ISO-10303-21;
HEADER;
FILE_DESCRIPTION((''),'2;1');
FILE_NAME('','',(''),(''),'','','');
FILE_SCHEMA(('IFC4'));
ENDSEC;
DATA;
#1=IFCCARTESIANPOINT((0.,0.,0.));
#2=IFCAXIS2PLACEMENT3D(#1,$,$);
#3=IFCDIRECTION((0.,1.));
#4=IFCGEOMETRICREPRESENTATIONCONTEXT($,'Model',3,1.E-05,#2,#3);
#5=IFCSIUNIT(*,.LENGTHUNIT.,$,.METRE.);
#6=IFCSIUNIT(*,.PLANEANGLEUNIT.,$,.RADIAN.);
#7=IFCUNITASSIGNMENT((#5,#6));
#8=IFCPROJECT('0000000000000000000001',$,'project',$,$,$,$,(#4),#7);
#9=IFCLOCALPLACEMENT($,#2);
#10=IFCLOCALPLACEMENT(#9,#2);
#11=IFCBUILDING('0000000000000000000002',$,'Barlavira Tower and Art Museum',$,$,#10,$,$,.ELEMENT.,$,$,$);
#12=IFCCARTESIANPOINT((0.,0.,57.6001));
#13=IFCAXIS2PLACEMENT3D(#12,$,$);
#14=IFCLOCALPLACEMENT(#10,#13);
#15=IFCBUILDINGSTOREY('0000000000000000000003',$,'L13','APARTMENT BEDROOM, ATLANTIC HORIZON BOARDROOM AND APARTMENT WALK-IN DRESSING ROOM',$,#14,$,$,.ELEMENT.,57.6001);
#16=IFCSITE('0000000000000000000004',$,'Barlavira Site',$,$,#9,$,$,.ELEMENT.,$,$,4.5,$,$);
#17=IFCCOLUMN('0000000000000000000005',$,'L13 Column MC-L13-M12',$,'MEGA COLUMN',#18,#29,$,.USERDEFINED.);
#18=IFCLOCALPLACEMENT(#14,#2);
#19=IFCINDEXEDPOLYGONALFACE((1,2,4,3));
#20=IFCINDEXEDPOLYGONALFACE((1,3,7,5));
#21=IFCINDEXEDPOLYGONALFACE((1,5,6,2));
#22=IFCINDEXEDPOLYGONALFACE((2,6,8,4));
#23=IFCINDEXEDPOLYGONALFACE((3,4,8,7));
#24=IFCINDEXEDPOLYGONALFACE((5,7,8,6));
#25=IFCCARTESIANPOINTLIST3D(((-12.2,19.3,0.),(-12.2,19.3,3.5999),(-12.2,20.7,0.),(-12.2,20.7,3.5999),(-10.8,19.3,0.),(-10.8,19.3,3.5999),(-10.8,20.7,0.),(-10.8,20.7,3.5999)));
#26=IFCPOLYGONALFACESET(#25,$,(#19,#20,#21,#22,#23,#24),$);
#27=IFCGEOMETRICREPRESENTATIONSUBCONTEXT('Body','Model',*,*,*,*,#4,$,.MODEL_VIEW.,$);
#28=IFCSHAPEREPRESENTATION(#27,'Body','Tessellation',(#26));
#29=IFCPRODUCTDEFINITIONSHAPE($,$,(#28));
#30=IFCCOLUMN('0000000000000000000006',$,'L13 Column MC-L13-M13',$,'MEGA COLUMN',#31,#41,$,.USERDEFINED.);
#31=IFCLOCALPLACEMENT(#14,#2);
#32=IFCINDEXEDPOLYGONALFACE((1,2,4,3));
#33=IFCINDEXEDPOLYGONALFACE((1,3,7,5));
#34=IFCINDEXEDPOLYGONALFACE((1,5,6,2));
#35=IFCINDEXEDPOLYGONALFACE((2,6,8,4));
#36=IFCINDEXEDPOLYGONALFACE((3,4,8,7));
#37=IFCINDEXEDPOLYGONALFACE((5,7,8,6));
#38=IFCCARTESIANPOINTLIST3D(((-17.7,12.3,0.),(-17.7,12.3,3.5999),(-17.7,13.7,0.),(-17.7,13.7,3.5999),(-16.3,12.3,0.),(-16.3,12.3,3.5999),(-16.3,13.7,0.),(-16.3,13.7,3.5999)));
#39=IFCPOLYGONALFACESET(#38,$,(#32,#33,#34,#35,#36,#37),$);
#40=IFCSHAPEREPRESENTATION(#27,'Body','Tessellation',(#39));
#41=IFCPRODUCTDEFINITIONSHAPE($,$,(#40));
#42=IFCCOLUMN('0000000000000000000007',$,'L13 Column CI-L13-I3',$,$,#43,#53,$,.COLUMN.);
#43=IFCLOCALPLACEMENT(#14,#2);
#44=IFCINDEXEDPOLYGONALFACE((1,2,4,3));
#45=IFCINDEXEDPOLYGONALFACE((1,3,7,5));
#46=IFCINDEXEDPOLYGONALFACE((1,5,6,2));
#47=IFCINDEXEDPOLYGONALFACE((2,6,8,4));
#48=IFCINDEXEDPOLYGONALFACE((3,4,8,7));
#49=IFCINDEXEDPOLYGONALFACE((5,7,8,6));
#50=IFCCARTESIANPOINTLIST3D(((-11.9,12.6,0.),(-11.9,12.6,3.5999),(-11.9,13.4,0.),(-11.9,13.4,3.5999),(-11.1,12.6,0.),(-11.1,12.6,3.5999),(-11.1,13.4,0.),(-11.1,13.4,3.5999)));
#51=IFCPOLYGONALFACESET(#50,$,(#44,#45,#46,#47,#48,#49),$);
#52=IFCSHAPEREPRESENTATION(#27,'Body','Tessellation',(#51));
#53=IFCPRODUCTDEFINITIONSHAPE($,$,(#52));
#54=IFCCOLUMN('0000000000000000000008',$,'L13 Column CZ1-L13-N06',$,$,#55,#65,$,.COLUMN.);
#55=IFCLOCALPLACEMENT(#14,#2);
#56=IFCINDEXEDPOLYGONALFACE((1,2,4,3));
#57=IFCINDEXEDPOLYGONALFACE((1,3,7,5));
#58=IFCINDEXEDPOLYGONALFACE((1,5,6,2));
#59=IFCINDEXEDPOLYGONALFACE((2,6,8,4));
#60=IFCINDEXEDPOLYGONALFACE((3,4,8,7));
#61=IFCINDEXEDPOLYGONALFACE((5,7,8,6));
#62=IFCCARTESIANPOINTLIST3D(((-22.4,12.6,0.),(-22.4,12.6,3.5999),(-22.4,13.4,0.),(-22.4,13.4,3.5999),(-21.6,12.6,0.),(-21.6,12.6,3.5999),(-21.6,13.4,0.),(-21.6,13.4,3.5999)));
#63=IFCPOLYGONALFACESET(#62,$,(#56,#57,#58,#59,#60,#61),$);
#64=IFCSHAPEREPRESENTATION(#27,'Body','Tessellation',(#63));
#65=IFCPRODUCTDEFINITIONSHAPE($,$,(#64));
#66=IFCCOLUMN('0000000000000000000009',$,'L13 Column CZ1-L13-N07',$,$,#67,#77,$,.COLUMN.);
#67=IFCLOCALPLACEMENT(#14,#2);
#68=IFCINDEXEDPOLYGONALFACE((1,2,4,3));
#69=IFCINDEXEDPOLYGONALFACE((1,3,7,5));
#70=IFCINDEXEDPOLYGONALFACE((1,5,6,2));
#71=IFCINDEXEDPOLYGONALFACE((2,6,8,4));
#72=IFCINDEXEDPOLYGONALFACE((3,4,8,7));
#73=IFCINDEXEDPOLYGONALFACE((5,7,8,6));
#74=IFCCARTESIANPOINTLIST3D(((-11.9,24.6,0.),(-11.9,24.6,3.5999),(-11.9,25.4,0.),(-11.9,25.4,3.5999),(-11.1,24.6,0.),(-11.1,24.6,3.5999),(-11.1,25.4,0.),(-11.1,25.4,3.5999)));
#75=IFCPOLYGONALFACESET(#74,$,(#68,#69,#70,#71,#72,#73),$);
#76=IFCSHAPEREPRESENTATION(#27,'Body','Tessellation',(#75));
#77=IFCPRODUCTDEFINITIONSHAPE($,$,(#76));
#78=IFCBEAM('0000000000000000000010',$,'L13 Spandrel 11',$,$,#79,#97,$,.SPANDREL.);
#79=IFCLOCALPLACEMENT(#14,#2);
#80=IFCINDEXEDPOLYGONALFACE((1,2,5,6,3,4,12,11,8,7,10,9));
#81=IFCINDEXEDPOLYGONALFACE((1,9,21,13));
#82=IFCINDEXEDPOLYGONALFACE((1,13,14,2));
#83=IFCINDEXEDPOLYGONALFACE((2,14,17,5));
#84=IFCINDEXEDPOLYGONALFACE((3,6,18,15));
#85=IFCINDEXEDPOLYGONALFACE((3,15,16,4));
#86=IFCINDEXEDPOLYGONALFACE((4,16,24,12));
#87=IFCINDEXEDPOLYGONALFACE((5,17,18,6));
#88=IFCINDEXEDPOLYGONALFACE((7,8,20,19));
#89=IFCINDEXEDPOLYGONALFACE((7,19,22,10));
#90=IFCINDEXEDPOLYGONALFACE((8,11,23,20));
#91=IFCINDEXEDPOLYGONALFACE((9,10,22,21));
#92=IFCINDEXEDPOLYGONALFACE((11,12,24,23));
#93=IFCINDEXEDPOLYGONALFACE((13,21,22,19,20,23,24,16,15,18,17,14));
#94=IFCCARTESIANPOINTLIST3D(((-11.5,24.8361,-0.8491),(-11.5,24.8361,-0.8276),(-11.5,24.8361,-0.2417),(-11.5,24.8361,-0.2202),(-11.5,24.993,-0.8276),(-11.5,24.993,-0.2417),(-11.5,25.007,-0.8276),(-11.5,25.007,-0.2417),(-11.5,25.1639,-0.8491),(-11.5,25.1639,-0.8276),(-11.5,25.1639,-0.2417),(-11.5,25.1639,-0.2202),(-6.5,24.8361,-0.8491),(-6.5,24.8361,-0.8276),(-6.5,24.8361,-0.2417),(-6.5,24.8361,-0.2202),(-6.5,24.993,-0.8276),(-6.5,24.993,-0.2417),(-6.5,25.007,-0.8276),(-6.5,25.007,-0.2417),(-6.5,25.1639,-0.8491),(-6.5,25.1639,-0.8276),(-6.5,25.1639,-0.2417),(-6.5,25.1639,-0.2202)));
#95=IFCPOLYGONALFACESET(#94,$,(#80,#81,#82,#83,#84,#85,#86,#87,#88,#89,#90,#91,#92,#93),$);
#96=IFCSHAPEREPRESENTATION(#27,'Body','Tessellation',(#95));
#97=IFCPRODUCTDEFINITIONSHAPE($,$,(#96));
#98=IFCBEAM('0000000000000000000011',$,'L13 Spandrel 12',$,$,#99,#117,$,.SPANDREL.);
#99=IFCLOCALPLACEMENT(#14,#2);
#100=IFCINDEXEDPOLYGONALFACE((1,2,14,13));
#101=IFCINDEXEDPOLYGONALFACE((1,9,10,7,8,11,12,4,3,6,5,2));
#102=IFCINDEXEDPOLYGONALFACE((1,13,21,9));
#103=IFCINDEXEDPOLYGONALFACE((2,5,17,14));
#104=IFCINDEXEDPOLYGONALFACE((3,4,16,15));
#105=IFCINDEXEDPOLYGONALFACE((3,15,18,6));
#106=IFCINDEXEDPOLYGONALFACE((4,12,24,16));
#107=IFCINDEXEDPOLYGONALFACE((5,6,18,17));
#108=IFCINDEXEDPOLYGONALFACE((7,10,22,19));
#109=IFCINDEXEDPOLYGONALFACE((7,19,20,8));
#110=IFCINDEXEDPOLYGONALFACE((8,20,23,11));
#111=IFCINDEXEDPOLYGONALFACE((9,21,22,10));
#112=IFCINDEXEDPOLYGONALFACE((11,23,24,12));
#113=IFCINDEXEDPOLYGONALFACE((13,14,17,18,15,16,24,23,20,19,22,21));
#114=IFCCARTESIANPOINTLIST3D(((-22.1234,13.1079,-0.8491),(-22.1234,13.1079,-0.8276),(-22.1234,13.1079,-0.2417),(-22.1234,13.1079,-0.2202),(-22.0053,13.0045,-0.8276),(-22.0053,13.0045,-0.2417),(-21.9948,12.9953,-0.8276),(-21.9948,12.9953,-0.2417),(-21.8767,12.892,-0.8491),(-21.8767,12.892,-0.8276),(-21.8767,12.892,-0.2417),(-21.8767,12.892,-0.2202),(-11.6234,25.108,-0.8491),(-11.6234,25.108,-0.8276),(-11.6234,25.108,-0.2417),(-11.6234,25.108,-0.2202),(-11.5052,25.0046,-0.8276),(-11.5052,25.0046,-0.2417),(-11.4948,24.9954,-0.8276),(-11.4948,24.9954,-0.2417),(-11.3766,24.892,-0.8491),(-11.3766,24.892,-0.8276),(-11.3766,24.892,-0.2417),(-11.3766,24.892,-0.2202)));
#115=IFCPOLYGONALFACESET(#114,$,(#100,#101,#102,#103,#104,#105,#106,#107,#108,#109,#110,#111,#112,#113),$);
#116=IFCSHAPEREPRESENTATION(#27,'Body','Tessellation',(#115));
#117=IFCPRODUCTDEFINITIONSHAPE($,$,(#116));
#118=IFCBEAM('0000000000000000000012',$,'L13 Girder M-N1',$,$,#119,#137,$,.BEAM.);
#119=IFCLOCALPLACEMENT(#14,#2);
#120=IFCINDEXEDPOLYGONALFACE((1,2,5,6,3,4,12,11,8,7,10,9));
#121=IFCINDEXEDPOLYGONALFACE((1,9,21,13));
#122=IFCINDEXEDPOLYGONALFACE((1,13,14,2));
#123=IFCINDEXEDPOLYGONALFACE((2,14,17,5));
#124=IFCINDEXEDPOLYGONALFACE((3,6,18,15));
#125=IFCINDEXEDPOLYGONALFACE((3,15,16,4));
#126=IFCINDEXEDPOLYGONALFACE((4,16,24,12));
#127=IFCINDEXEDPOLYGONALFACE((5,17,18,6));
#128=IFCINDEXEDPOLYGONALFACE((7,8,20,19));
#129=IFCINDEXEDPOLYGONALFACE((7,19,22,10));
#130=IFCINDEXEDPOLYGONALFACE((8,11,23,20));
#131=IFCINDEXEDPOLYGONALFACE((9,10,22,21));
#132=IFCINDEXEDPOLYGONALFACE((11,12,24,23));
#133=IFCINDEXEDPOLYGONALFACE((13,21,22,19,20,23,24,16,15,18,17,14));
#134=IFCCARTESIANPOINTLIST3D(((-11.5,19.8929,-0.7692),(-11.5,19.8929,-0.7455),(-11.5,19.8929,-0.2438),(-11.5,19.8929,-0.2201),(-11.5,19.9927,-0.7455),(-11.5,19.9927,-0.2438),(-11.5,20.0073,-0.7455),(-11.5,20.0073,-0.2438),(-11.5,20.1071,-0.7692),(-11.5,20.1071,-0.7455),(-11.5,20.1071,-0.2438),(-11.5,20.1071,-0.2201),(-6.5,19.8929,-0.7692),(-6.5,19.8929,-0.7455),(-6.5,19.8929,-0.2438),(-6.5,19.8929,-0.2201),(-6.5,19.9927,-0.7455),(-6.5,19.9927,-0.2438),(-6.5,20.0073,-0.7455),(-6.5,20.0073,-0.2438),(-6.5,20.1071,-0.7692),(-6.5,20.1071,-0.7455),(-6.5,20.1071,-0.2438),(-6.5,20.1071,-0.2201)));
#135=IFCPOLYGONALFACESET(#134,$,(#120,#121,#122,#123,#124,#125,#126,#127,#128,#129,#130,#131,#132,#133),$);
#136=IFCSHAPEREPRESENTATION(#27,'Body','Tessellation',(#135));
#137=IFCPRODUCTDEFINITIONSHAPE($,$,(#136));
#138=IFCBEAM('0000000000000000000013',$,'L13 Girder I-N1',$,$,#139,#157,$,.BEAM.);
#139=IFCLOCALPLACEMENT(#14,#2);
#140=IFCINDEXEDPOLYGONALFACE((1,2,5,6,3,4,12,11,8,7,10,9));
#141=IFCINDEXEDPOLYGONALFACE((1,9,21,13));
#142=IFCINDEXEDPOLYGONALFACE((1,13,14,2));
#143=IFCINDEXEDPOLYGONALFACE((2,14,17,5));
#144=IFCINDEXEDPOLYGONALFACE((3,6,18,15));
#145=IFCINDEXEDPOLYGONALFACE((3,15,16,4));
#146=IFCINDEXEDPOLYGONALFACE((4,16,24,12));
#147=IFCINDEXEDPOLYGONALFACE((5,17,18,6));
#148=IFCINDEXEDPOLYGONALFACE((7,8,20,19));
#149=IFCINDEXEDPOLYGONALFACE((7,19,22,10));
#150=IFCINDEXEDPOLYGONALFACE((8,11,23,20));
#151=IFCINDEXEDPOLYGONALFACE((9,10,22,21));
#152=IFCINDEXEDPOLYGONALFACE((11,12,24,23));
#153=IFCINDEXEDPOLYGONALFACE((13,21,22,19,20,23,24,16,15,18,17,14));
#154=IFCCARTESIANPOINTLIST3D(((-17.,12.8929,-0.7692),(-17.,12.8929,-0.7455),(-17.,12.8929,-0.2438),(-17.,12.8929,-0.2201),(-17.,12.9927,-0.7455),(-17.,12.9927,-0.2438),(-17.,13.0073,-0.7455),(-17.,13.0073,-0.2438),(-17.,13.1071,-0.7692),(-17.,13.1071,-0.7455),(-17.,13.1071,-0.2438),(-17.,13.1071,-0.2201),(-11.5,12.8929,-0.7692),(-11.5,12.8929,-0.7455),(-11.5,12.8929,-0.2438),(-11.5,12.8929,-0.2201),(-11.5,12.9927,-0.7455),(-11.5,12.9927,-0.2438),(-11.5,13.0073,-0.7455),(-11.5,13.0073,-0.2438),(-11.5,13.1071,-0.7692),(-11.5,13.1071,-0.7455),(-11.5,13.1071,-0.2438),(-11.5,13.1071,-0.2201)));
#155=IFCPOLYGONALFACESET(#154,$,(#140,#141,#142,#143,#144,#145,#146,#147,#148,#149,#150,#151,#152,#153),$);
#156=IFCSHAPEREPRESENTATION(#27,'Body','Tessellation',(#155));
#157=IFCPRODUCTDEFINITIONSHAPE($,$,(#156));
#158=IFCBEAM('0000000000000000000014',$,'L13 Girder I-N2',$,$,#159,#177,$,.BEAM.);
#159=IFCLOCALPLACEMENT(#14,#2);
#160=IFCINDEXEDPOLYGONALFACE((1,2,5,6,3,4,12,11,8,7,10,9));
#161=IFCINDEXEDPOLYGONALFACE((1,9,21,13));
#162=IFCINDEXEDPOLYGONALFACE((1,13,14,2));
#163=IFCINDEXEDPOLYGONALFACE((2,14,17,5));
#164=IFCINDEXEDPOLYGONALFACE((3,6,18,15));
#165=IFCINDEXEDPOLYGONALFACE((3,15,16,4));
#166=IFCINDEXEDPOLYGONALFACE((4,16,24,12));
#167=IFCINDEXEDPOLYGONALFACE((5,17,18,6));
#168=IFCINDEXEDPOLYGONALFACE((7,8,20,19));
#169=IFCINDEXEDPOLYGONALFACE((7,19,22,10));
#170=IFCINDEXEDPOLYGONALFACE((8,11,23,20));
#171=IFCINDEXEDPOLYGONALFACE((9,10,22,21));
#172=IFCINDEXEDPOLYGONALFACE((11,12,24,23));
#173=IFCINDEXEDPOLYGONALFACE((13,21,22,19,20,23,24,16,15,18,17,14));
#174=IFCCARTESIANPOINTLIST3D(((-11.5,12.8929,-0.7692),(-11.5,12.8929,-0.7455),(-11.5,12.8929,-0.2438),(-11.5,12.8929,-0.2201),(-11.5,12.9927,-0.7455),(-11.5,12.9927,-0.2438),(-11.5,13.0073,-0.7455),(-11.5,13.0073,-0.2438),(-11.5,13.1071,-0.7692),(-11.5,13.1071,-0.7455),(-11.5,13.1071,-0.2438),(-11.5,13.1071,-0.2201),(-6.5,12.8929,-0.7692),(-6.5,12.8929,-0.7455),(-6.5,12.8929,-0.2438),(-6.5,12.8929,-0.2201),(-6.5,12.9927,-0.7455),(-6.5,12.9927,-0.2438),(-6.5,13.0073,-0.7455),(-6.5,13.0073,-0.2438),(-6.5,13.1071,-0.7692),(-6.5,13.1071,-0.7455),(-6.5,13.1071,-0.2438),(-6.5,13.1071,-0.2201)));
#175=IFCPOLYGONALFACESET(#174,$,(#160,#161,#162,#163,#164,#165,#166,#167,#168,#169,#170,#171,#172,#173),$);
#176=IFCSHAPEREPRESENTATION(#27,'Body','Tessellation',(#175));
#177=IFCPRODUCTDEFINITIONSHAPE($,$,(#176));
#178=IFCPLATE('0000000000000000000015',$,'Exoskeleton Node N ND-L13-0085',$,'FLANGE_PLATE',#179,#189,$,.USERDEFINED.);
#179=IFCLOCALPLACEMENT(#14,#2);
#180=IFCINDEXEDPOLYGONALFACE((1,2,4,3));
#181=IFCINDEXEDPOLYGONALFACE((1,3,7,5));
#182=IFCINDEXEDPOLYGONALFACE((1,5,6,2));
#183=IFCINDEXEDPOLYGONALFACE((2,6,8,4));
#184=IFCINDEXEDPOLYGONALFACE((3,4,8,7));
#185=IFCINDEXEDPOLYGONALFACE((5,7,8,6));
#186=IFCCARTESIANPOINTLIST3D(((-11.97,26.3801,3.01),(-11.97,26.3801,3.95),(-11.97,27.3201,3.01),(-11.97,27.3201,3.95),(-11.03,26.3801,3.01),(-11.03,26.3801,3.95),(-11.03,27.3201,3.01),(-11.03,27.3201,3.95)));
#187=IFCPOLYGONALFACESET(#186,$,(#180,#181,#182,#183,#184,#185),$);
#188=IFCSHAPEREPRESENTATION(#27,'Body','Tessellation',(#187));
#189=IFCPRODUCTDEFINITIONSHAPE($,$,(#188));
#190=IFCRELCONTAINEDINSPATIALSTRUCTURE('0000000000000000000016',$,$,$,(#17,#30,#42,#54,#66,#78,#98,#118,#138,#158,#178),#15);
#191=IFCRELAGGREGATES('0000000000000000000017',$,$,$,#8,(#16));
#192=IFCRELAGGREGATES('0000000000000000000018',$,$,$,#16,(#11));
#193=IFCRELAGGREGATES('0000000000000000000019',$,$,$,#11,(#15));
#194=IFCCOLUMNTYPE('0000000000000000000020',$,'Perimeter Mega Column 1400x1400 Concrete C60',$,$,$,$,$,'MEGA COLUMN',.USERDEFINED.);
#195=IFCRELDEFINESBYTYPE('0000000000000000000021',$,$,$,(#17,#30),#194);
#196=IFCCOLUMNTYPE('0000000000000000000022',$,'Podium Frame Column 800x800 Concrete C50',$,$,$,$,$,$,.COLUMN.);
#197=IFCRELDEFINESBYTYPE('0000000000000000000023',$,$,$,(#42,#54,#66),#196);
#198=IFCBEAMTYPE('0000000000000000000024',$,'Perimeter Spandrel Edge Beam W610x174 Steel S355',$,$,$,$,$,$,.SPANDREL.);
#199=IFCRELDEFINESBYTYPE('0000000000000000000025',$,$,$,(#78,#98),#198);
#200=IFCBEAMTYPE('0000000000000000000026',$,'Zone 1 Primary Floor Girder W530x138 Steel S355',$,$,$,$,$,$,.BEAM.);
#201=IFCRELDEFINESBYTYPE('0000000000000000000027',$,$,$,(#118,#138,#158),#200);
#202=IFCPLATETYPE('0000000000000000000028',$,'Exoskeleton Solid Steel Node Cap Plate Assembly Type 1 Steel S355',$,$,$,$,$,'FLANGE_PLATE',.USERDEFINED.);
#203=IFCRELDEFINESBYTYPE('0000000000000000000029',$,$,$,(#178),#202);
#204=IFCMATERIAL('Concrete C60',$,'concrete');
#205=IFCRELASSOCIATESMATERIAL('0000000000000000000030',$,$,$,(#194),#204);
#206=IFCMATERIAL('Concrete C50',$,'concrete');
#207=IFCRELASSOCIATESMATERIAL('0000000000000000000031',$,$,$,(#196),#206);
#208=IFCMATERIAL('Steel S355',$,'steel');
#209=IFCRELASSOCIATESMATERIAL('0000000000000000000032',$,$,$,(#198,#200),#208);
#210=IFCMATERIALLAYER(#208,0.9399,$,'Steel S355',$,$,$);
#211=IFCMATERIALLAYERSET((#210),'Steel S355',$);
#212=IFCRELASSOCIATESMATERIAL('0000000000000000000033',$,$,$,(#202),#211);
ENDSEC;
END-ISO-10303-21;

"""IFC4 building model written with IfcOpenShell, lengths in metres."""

from ifc_helpers import new_model, si_unit, direction, frame, origin, origin_2d, place, context, subcontext, project, spatial, rectangle, i_section, extrude, material, layer, layer_set, material_profile, profile_set, type_object, element, save


model = new_model("IFC4")

# Units and contexts
model_context = context("Model", 3, precision=1e-05, world=origin(), true_north=direction((0.0, 1.0)))
body_context = subcontext(model_context, "Body", "Model", "MODEL_VIEW")
ifc_project = project(units=[si_unit("LENGTHUNIT", "METRE"), si_unit("PLANEANGLEUNIT", "RADIAN")], contexts=[model_context])

# Site, building, storey
site_placement = place(None, origin())
site = spatial("IfcSite", under=ifc_project, at=site_placement, Name="Barlavira Site", CompositionType="ELEMENT", RefElevation=4.5)
building_placement = place(site_placement, origin())
building = spatial("IfcBuilding", under=site, at=building_placement, Name="Barlavira Tower and Art Museum", CompositionType="ELEMENT")
storey_placement = place(building_placement, frame((0.0, 0.0, 57.6001)))
storey = spatial("IfcBuildingStorey", under=building, at=storey_placement, Name="L13", Description="APARTMENT BEDROOM, ATLANTIC HORIZON BOARDROOM AND APARTMENT WALK-IN DRESSING ROOM", CompositionType="ELEMENT", Elevation=57.6001)

# Columns
ifc_material_1 = material(Name="Concrete C60", Category="concrete")
ifc_material_profile_1 = material_profile(ifc_material_1, rectangle(XDim=1.3999, YDim=1.3999, at=origin_2d()), Name="RC-MCOL 1400x1400")
ifc_profile_set_1 = profile_set([ifc_material_profile_1], Name="Concrete C60")
column_type_1 = type_object("IfcColumnType", Name="Perimeter Mega Column 1400x1400 Concrete C60", ElementType="MEGA COLUMN", PredefinedType="USERDEFINED", material=ifc_profile_set_1)
for number, where, z_axis, x_axis, name in (
    (1, (-11.5, 20.0, 0.0), (0.0, 0.0, 1.0), (1.0, 0.0, 0.0), "L13 Column MC-L13-M12"),
    (2, (-17.0, 13.0, 0.0), (0.0, 0.0, 1.0), (1.0, 0.0, 0.0), "L13 Column MC-L13-M13"),
):
    element("IfcColumn", number, at=place(storey_placement, frame(where, z_axis=z_axis, x_axis=x_axis)), inside=storey, type_object=column_type_1, Name=name, ObjectType="MEGA COLUMN", PredefinedType="USERDEFINED", context=body_context, shape_type="SweptSolid", body=[
        extrude(rectangle(XDim=1.3999, YDim=1.3999, at=origin_2d()), origin(), (0.0, 0.0, 1.0), 3.5999),
    ])
ifc_material_2 = material(Name="Concrete C50", Category="concrete")
ifc_material_profile_2 = material_profile(ifc_material_2, rectangle(XDim=0.8, YDim=0.8, at=origin_2d()), Name="RC-COL 800x800")
ifc_profile_set_2 = profile_set([ifc_material_profile_2], Name="Concrete C50")
column_type_2 = type_object("IfcColumnType", Name="Podium Frame Column 800x800 Concrete C50", PredefinedType="COLUMN", material=ifc_profile_set_2)
for number, where, z_axis, x_axis, name in (
    (3, (-11.5, 13.0, 0.0), (0.0, 0.0, 1.0), (1.0, 0.0, 0.0), "L13 Column CI-L13-I3"),
    (4, (-22.0, 13.0, 0.0), (0.0, 0.0, 1.0), (1.0, 0.0, 0.0), "L13 Column CZ1-L13-N06"),
    (5, (-11.5, 25.0, 0.0), (0.0, 0.0, 1.0), (1.0, 0.0, 0.0), "L13 Column CZ1-L13-N07"),
):
    element("IfcColumn", number, at=place(storey_placement, frame(where, z_axis=z_axis, x_axis=x_axis)), inside=storey, type_object=column_type_2, Name=name, PredefinedType="COLUMN", context=body_context, shape_type="SweptSolid", body=[
        extrude(rectangle(XDim=0.8, YDim=0.8, at=origin_2d()), origin(), (0.0, 0.0, 1.0), 3.5999),
    ])

# Beams
ifc_material_3 = material(Name="Steel S355", Category="steel")
ifc_material_profile_3 = material_profile(ifc_material_3, i_section(OverallWidth=0.3279, OverallDepth=0.6289, WebThickness=0.0139, FlangeThickness=0.0215, at=origin_2d()), Name="W610x174.0")
ifc_profile_set_3 = profile_set([ifc_material_profile_3], Name="Steel S355")
beam_type_1 = type_object("IfcBeamType", Name="Perimeter Spandrel Edge Beam W610x174 Steel S355", PredefinedType="SPANDREL", material=ifc_profile_set_3)
beam_1_placement = place(storey_placement, frame((-11.5, 25.0, -0.5347), z_axis=(1.0, 0.0, 0.0), x_axis=(0.0, 1.0, 0.0)))
element("IfcBeam", 6, at=beam_1_placement, inside=storey, type_object=beam_type_1, Name="L13 Spandrel 11", PredefinedType="SPANDREL", context=body_context, shape_type="SweptSolid", body=[
    extrude(i_section(OverallWidth=0.3279, OverallDepth=0.6289, WebThickness=0.0139, FlangeThickness=0.0215, at=origin_2d()), origin(), (0.0, 0.0, 1.0), 5.0),
])
beam_2_placement = place(storey_placement, frame((-11.5, 25.0, -0.5347), z_axis=(-0.658505, -0.752577, 0.0), x_axis=(0.752577, -0.658505, 0.0)))
element("IfcBeam", 7, at=beam_2_placement, inside=storey, type_object=beam_type_1, Name="L13 Spandrel 12", PredefinedType="SPANDREL", context=body_context, shape_type="SweptSolid", body=[
    extrude(i_section(OverallWidth=0.3279, OverallDepth=0.6289, WebThickness=0.0139, FlangeThickness=0.0215, at=origin_2d()), origin(), (0.0, 0.0, 1.0), 15.9453),
])
ifc_material_profile_4 = material_profile(ifc_material_3, i_section(OverallWidth=0.2141, OverallDepth=0.5491, WebThickness=0.0146, FlangeThickness=0.0237, at=origin_2d()), Name="W530x138.0")
ifc_profile_set_4 = profile_set([ifc_material_profile_4], Name="Steel S355")
beam_type_2 = type_object("IfcBeamType", Name="Zone 1 Primary Floor Girder W530x138 Steel S355", PredefinedType="BEAM", material=ifc_profile_set_4)
beam_3_placement = place(storey_placement, frame((-11.5, 20.0, -0.4946), z_axis=(1.0, 0.0, 0.0), x_axis=(0.0, 1.0, 0.0)))
element("IfcBeam", 8, at=beam_3_placement, inside=storey, type_object=beam_type_2, Name="L13 Girder M-N1", PredefinedType="BEAM", context=body_context, shape_type="SweptSolid", body=[
    extrude(i_section(OverallWidth=0.2141, OverallDepth=0.5491, WebThickness=0.0146, FlangeThickness=0.0237, at=origin_2d()), origin(), (0.0, 0.0, 1.0), 5.0),
])
beam_4_placement = place(storey_placement, frame((-17.0, 13.0, -0.4946), z_axis=(1.0, 0.0, 0.0), x_axis=(0.0, 1.0, 0.0)))
element("IfcBeam", 9, at=beam_4_placement, inside=storey, type_object=beam_type_2, Name="L13 Girder I-N1", PredefinedType="BEAM", context=body_context, shape_type="SweptSolid", body=[
    extrude(i_section(OverallWidth=0.2141, OverallDepth=0.5491, WebThickness=0.0146, FlangeThickness=0.0237, at=origin_2d()), origin(), (0.0, 0.0, 1.0), 5.5),
])
beam_5_placement = place(storey_placement, frame((-11.5, 13.0, -0.4946), z_axis=(1.0, 0.0, 0.0), x_axis=(0.0, 1.0, 0.0)))
element("IfcBeam", 10, at=beam_5_placement, inside=storey, type_object=beam_type_2, Name="L13 Girder I-N2", PredefinedType="BEAM", context=body_context, shape_type="SweptSolid", body=[
    extrude(i_section(OverallWidth=0.2141, OverallDepth=0.5491, WebThickness=0.0146, FlangeThickness=0.0237, at=origin_2d()), origin(), (0.0, 0.0, 1.0), 5.0),
])

# Plate
ifc_layer_1 = layer(ifc_material_3, 0.9399, Name="Steel S355")
ifc_layer_set_1 = layer_set([ifc_layer_1], Name="Steel S355")
plate_type = type_object("IfcPlateType", Name="Exoskeleton Solid Steel Node Cap Plate Assembly Type 1 Steel S355", ElementType="FLANGE_PLATE", PredefinedType="USERDEFINED", material=ifc_layer_set_1)
for number, where, z_axis, x_axis, name in (
    (11, (-11.5, 26.8501, 3.01), (0.0, 0.0, 1.0), (1.0, 0.0, 0.0), "Exoskeleton Node N ND-L13-0085"),
):
    element("IfcPlate", number, at=place(storey_placement, frame(where, z_axis=z_axis, x_axis=x_axis)), inside=storey, type_object=plate_type, Name=name, ObjectType="FLANGE_PLATE", PredefinedType="USERDEFINED", context=body_context, shape_type="SweptSolid", body=[
        extrude(rectangle(XDim=0.9399, YDim=0.9399, at=origin_2d()), origin(), (0.0, 0.0, 1.0), 0.9399),
    ])

save(model, "model.ifc")
